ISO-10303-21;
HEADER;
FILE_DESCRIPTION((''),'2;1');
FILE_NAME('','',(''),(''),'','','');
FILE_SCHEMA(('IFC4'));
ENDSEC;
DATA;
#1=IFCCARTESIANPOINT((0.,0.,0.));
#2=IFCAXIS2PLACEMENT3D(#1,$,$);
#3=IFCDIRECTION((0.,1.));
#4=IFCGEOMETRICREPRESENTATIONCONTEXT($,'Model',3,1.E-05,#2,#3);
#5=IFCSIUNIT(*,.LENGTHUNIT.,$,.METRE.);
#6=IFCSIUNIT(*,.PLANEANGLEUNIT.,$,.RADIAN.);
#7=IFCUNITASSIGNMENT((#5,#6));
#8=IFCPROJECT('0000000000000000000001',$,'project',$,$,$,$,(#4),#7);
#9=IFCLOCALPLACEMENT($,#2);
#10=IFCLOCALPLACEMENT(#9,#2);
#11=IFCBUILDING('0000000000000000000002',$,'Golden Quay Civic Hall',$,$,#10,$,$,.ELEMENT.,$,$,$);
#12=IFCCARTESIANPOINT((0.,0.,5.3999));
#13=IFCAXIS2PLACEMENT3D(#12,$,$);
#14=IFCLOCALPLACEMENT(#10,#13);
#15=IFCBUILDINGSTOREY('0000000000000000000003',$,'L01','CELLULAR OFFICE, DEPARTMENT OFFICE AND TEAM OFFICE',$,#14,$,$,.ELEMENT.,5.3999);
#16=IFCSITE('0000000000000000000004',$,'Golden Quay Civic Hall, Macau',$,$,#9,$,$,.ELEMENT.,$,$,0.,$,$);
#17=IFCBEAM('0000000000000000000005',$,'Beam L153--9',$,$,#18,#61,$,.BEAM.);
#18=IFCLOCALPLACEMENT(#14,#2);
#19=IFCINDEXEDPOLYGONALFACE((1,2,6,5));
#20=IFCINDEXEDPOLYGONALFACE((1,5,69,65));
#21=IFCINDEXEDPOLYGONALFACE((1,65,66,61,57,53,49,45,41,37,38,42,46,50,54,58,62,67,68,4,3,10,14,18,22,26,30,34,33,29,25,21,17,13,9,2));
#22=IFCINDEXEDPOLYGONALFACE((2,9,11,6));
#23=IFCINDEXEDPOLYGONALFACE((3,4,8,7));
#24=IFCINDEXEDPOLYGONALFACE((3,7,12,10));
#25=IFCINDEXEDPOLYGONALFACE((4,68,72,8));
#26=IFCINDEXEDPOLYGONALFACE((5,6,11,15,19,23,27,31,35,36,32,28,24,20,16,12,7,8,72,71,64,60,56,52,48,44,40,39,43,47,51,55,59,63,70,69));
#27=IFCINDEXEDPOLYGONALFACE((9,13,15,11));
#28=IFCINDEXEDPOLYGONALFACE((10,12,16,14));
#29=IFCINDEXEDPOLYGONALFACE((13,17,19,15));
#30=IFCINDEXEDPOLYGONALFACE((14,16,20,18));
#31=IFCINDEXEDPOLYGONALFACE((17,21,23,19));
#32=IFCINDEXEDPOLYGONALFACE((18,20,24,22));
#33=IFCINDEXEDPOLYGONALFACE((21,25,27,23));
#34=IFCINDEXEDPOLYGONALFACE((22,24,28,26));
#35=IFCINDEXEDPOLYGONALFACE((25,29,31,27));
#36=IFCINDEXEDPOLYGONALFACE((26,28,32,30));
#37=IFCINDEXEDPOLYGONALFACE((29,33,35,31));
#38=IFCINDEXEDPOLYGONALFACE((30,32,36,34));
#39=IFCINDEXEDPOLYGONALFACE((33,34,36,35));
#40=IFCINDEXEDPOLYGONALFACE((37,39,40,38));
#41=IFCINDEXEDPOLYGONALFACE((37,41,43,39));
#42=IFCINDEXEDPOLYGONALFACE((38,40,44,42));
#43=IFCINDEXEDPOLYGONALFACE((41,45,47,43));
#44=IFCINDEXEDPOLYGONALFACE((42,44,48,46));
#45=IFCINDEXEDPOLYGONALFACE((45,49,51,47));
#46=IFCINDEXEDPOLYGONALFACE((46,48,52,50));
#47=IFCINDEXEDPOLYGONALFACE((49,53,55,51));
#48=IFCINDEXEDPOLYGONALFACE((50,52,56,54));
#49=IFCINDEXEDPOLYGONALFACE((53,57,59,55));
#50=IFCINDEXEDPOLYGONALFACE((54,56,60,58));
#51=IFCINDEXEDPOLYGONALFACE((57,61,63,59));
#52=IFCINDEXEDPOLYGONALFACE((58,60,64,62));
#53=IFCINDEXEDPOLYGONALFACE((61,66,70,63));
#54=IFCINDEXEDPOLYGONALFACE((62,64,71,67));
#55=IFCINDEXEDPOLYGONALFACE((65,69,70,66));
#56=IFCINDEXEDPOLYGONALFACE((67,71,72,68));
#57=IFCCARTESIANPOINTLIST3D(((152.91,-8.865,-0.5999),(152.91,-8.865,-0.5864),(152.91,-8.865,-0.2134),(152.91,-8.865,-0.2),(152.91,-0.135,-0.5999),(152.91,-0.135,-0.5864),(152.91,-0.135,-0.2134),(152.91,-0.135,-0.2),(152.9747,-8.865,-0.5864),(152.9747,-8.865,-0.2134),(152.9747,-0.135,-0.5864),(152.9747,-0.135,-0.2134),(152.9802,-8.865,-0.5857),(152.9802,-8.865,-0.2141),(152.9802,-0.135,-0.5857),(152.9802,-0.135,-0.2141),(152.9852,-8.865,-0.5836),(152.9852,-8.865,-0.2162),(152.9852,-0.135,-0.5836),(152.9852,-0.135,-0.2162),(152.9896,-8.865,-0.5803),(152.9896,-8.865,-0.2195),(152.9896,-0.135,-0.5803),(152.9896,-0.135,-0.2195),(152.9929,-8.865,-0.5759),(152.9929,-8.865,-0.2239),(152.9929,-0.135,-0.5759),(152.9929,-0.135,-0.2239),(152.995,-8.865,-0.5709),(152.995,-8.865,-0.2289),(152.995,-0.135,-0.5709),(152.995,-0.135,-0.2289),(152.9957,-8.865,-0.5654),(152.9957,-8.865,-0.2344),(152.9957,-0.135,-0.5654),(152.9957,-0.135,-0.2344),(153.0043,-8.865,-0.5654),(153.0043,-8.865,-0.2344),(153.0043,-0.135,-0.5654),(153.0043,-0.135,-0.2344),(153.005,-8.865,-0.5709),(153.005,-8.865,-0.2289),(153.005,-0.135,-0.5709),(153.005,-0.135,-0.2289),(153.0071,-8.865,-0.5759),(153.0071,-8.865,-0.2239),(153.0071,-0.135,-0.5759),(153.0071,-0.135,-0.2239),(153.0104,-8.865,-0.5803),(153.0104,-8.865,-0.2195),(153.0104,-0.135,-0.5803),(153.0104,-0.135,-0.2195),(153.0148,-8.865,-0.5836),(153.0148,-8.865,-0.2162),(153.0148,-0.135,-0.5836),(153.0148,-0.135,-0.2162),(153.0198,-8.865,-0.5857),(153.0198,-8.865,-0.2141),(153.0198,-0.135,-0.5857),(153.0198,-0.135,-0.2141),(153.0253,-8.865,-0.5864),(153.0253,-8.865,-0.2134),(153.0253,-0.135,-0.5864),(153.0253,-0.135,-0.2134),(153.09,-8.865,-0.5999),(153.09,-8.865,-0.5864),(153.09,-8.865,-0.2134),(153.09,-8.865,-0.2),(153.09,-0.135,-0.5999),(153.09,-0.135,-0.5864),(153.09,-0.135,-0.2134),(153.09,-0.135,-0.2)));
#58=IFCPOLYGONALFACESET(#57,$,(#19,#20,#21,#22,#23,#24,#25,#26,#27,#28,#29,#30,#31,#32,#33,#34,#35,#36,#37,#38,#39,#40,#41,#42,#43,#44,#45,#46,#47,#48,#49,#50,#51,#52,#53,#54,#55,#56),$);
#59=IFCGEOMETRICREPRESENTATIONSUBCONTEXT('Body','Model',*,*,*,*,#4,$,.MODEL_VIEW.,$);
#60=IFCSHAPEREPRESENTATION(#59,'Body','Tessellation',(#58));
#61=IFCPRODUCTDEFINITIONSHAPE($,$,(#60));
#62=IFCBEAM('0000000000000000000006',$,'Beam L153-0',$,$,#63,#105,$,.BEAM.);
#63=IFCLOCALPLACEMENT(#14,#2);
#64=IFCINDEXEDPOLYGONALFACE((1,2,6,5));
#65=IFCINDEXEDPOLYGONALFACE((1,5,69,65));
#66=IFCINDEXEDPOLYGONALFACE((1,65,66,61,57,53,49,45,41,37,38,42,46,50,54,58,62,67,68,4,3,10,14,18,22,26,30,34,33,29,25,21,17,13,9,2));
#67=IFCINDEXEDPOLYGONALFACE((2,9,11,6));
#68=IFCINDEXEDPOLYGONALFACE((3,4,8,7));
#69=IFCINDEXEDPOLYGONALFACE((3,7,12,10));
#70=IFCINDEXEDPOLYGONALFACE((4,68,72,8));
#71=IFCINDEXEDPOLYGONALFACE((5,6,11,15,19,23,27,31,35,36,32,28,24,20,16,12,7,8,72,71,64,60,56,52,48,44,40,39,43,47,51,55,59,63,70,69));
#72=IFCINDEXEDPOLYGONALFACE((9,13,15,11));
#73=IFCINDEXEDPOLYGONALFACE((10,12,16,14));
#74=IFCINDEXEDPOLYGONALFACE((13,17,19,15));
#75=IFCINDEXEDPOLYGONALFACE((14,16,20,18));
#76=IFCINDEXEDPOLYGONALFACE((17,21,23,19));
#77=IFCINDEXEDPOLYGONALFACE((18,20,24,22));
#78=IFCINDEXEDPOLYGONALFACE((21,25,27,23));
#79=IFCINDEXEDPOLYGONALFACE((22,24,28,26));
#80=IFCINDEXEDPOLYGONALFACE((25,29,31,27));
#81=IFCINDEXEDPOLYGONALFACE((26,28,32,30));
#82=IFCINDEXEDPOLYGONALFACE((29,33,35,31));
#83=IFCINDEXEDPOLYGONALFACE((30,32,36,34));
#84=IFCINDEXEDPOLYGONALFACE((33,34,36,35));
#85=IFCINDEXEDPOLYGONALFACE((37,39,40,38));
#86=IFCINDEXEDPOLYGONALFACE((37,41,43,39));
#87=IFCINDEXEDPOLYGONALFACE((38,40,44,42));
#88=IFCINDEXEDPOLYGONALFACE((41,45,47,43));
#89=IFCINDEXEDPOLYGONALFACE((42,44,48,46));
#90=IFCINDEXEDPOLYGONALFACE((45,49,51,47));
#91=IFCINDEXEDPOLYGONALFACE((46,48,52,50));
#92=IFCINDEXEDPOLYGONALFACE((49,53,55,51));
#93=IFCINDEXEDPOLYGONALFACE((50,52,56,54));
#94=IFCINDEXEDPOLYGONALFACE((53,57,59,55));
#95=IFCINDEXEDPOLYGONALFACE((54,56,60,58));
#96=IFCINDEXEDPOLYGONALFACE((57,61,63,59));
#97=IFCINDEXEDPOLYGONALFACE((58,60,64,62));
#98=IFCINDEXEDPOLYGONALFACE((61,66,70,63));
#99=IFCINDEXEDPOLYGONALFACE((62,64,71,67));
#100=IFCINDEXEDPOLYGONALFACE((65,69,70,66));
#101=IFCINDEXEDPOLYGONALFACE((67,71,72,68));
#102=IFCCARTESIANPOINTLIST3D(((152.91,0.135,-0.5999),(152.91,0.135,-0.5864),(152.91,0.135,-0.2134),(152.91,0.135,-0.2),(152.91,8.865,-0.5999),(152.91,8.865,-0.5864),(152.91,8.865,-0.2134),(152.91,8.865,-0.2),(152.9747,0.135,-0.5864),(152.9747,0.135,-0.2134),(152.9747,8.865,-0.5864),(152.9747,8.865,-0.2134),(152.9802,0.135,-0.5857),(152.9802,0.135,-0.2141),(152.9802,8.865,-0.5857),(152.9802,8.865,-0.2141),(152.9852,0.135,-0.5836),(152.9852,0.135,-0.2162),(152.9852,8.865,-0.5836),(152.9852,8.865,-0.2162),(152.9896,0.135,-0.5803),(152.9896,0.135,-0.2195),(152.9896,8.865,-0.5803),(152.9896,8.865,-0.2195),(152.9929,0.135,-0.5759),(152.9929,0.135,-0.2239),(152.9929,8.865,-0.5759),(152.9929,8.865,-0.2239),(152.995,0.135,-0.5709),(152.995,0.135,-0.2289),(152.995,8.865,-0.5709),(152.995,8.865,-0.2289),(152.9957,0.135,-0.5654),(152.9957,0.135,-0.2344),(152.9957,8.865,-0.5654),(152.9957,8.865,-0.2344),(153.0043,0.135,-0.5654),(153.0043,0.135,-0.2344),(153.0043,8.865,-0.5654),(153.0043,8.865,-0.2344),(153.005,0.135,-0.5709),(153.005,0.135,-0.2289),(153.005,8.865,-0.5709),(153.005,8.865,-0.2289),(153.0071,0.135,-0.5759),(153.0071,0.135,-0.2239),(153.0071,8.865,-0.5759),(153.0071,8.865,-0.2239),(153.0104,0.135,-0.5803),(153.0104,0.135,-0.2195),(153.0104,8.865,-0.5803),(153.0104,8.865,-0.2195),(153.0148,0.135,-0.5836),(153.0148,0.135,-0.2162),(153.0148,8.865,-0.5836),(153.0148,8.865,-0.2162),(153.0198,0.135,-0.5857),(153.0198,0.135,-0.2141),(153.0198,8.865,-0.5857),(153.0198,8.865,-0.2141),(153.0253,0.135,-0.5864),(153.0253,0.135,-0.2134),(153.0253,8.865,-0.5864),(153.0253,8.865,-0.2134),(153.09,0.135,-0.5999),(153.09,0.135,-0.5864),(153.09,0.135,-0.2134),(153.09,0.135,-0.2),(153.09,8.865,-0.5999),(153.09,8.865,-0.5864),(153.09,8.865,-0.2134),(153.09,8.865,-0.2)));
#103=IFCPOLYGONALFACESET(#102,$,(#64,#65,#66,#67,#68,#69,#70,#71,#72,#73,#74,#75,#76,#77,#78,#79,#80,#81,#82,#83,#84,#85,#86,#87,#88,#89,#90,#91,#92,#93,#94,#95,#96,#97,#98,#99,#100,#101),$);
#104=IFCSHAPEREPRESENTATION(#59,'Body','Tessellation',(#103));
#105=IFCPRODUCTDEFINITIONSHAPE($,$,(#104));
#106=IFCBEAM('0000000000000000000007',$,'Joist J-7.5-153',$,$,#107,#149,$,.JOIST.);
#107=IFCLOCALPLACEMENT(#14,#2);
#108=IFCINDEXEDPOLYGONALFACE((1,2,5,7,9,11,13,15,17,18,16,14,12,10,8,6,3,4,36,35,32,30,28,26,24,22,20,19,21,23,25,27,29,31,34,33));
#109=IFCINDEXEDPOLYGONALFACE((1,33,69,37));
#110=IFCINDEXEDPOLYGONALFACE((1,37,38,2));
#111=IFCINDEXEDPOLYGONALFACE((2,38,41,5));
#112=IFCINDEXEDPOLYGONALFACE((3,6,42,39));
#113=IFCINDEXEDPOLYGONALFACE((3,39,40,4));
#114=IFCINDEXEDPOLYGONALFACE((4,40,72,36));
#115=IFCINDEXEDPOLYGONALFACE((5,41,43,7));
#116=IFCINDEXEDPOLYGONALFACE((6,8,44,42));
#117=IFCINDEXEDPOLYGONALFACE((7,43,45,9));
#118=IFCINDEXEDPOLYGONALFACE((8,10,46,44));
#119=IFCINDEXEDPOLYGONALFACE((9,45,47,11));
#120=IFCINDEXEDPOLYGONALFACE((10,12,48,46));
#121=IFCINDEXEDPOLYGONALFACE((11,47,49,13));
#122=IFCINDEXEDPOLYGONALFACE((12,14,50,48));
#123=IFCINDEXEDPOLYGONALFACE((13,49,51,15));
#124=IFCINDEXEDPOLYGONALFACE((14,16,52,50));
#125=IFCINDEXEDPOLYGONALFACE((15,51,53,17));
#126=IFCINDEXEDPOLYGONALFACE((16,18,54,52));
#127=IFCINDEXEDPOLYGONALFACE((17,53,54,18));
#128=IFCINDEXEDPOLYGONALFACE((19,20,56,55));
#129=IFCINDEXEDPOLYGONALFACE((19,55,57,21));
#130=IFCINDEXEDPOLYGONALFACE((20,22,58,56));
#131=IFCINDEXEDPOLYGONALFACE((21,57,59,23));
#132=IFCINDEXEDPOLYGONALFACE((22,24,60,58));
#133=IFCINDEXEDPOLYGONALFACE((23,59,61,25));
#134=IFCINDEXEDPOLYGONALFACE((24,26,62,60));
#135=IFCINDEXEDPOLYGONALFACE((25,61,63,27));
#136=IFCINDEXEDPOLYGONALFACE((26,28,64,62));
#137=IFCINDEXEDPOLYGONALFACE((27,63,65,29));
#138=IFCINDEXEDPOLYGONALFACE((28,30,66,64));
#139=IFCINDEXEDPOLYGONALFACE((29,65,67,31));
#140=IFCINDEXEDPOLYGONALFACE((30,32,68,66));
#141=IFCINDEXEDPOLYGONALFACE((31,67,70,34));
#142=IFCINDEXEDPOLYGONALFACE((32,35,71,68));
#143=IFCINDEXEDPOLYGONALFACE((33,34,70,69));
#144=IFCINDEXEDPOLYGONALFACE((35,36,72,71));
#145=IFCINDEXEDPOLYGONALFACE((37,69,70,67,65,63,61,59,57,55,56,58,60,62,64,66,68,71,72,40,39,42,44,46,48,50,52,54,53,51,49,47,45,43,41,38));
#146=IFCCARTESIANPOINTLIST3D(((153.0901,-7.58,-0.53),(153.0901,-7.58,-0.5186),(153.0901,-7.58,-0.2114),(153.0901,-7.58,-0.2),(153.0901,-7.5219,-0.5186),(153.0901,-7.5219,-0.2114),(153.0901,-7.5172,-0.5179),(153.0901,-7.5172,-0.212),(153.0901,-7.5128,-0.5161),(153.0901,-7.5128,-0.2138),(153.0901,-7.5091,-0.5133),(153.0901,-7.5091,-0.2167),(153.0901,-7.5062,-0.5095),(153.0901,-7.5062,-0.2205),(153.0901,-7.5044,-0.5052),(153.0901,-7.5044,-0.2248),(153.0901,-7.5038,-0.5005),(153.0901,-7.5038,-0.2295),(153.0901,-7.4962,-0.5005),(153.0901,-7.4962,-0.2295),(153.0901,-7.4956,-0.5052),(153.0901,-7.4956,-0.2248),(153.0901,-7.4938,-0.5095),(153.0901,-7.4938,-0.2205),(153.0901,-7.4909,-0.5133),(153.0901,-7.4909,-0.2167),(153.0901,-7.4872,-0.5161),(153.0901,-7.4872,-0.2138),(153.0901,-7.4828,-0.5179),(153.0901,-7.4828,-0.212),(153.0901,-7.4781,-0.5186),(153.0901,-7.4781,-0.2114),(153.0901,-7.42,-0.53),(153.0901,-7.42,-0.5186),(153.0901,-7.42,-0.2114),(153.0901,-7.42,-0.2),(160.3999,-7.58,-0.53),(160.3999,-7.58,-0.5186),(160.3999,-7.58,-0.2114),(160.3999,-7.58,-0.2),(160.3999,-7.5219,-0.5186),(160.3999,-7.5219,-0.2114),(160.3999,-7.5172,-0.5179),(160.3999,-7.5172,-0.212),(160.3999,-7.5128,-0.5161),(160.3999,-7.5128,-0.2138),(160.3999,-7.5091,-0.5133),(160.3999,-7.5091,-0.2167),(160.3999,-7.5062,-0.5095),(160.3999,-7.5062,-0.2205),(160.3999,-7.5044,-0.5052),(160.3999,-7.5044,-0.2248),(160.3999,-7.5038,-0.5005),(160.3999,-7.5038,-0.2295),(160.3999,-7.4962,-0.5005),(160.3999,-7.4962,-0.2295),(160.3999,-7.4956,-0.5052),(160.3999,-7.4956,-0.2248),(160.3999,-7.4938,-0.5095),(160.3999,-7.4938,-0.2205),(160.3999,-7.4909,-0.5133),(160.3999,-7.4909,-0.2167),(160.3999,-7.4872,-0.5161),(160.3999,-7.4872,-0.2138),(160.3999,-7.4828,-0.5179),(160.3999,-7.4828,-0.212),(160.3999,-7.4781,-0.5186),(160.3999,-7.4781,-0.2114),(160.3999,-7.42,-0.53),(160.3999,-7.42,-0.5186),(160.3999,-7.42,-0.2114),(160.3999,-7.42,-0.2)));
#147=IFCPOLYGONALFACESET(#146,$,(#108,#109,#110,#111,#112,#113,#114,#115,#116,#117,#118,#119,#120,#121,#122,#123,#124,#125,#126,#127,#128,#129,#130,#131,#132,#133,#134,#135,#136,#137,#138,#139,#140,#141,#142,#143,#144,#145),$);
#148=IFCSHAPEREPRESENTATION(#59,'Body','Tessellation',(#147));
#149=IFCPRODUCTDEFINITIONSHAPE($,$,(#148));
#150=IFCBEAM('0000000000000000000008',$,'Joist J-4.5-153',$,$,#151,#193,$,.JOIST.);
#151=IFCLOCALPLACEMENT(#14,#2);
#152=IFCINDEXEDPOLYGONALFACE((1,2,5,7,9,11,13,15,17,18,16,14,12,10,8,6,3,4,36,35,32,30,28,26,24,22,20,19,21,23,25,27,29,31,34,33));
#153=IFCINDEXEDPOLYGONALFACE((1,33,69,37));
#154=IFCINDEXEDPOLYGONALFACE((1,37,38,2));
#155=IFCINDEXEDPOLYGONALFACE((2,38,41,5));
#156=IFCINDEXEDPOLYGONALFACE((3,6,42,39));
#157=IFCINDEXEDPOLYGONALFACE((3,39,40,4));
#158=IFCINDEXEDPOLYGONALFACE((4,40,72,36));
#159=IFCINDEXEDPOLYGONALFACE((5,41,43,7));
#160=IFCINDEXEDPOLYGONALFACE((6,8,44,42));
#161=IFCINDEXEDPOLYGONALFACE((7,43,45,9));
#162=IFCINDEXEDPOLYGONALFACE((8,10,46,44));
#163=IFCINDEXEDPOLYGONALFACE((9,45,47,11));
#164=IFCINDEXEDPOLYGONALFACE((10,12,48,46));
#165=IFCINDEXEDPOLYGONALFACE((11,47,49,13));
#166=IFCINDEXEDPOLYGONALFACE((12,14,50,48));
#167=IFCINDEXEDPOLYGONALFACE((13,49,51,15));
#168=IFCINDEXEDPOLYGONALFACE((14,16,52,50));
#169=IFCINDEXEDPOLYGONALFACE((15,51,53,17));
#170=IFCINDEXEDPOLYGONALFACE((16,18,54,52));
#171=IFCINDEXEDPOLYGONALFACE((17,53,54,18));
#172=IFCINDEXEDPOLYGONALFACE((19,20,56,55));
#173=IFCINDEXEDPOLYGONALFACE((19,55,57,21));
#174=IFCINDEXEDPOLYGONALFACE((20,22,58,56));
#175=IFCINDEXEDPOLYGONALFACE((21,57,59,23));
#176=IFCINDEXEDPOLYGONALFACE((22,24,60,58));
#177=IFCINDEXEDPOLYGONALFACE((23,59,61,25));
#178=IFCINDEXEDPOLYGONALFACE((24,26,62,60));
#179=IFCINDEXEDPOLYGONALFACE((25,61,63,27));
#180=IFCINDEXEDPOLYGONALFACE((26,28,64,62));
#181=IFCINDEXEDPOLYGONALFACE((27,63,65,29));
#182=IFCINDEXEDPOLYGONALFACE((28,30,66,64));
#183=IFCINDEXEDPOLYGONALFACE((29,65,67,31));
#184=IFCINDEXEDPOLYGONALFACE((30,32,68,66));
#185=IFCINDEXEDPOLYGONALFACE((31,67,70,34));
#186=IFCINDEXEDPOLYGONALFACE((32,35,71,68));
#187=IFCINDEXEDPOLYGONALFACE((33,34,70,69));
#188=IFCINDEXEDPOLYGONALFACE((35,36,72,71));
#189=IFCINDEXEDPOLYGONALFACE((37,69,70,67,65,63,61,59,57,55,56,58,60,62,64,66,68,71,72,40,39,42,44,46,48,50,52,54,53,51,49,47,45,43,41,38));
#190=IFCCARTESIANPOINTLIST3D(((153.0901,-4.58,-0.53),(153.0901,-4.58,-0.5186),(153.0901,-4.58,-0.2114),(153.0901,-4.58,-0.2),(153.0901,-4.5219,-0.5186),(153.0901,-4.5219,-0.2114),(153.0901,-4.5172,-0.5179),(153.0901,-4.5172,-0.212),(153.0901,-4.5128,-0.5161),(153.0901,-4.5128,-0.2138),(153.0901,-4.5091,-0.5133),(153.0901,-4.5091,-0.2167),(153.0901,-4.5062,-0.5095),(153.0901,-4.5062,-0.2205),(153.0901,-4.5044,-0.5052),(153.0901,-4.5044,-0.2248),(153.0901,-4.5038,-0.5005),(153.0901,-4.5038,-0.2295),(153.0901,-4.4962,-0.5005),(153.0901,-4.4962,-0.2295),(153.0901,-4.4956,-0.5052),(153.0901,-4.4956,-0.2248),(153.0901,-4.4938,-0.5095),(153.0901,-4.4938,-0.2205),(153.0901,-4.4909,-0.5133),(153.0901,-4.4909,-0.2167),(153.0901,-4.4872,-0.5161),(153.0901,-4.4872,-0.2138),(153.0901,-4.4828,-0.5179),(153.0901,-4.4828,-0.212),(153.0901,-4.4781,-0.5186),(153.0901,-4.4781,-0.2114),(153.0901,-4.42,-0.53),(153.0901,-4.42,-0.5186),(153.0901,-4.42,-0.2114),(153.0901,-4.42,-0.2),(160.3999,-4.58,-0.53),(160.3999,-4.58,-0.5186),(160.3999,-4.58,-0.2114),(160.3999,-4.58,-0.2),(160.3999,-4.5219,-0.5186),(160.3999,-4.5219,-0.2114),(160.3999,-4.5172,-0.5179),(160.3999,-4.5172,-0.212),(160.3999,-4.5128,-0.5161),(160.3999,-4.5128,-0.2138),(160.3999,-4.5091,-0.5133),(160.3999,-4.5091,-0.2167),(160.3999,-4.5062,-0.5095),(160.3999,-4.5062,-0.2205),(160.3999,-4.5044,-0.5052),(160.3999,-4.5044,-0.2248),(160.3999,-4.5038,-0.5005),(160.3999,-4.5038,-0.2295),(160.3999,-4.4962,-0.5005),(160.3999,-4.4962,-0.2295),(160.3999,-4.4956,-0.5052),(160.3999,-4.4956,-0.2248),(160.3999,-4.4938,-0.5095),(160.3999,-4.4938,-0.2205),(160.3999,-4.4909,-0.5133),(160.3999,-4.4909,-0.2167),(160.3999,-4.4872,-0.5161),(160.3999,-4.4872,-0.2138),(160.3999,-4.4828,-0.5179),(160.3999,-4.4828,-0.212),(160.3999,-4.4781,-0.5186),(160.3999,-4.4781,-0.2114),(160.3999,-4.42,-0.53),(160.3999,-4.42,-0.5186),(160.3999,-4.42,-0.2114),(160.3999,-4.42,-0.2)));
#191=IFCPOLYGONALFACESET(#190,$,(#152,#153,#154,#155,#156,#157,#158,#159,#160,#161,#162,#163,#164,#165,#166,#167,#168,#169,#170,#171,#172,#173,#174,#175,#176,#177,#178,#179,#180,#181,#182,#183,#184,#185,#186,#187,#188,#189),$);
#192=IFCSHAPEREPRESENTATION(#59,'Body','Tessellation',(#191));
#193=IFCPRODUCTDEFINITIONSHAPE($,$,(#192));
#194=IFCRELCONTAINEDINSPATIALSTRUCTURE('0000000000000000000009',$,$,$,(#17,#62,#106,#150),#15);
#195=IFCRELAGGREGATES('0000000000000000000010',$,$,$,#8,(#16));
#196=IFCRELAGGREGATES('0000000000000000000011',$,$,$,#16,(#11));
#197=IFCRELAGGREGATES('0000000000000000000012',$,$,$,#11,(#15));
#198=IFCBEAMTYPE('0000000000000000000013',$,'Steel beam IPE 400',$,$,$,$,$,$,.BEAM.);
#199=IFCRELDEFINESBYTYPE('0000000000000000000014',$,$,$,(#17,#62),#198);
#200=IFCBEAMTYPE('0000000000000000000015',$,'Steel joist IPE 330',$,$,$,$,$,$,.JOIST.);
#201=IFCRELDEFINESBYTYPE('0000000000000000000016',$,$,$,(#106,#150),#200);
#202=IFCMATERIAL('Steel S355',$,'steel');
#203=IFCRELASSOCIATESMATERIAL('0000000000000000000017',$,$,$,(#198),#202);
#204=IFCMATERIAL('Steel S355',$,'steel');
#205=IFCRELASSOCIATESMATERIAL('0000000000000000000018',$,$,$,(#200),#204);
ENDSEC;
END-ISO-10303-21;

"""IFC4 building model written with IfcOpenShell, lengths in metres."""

from ifc_helpers import new_model, si_unit, direction, frame, origin, origin_2d, place, context, subcontext, project, spatial, i_section, extrude, material, material_profile, profile_set, type_object, element, save


model = new_model("IFC4")

# Units and contexts
model_context = context("Model", 3, precision=1e-05, world=origin(), true_north=direction((0.0, 1.0)))
body_context = subcontext(model_context, "Body", "Model", "MODEL_VIEW")
ifc_project = project(units=[si_unit("LENGTHUNIT", "METRE"), si_unit("PLANEANGLEUNIT", "RADIAN")], contexts=[model_context])

# Site, building, storey
site_placement = place(None, origin())
site = spatial("IfcSite", under=ifc_project, at=site_placement, Name="Golden Quay Civic Hall, Macau", CompositionType="ELEMENT", RefElevation=0.0)
building_placement = place(site_placement, origin())
building = spatial("IfcBuilding", under=site, at=building_placement, Name="Golden Quay Civic Hall", CompositionType="ELEMENT")
storey_placement = place(building_placement, frame((0.0, 0.0, 5.3999)))
storey = spatial("IfcBuildingStorey", under=building, at=storey_placement, Name="L01", Description="CELLULAR OFFICE, DEPARTMENT OFFICE AND TEAM OFFICE", CompositionType="ELEMENT", Elevation=5.3999)

# Beams
ifc_material_1 = material(Name="Steel S355", Category="steel")
ifc_material_profile_1 = material_profile(ifc_material_1, i_section(OverallWidth=0.1799, OverallDepth=0.3999, WebThickness=0.0085, FlangeThickness=0.0134, FilletRadius=0.021, at=origin_2d()), Name="IPE 400")
ifc_profile_set_1 = profile_set([ifc_material_profile_1], Name="Steel S355")
beam_type_1 = type_object("IfcBeamType", Name="Steel beam IPE 400", PredefinedType="BEAM", material=ifc_profile_set_1)
for number, where, z_axis, x_axis, name in (
    (1, (153.0, -8.865, -0.3999), (0.0, 1.0, 0.0), (-1.0, 0.0, 0.0), "Beam L153--9"),
    (2, (153.0, 0.135, -0.3999), (0.0, 1.0, 0.0), (-1.0, 0.0, 0.0), "Beam L153-0"),
):
    element("IfcBeam", number, at=place(storey_placement, frame(where, z_axis=z_axis, x_axis=x_axis)), inside=storey, type_object=beam_type_1, Name=name, PredefinedType="BEAM", context=body_context, shape_type="SweptSolid", body=[
        extrude(i_section(OverallWidth=0.1799, OverallDepth=0.3999, WebThickness=0.0085, FlangeThickness=0.0134, FilletRadius=0.021, at=origin_2d()), origin(), (0.0, 0.0, 1.0), 8.73),
    ])
ifc_material_2 = material(Name="Steel S355", Category="steel")
ifc_material_profile_2 = material_profile(ifc_material_2, i_section(OverallWidth=0.1599, OverallDepth=0.3301, WebThickness=0.0076, FlangeThickness=0.0115, FilletRadius=0.0181, at=origin_2d()), Name="IPE 330")
ifc_profile_set_2 = profile_set([ifc_material_profile_2], Name="Steel S355")
beam_type_2 = type_object("IfcBeamType", Name="Steel joist IPE 330", PredefinedType="JOIST", material=ifc_profile_set_2)
for number, where, z_axis, x_axis, name in (
    (3, (153.0901, -7.5, -0.365), (1.0, 0.0, 0.0), (0.0, 1.0, 0.0), "Joist J-7.5-153"),
    (4, (153.0901, -4.5, -0.365), (1.0, 0.0, 0.0), (0.0, 1.0, 0.0), "Joist J-4.5-153"),
):
    element("IfcBeam", number, at=place(storey_placement, frame(where, z_axis=z_axis, x_axis=x_axis)), inside=storey, type_object=beam_type_2, Name=name, PredefinedType="JOIST", context=body_context, shape_type="SweptSolid", body=[
        extrude(i_section(OverallWidth=0.1599, OverallDepth=0.3301, WebThickness=0.0076, FlangeThickness=0.0115, FilletRadius=0.0181, at=origin_2d()), origin(), (0.0, 0.0, 1.0), 7.3098),
    ])

save(model, "model.ifc")
